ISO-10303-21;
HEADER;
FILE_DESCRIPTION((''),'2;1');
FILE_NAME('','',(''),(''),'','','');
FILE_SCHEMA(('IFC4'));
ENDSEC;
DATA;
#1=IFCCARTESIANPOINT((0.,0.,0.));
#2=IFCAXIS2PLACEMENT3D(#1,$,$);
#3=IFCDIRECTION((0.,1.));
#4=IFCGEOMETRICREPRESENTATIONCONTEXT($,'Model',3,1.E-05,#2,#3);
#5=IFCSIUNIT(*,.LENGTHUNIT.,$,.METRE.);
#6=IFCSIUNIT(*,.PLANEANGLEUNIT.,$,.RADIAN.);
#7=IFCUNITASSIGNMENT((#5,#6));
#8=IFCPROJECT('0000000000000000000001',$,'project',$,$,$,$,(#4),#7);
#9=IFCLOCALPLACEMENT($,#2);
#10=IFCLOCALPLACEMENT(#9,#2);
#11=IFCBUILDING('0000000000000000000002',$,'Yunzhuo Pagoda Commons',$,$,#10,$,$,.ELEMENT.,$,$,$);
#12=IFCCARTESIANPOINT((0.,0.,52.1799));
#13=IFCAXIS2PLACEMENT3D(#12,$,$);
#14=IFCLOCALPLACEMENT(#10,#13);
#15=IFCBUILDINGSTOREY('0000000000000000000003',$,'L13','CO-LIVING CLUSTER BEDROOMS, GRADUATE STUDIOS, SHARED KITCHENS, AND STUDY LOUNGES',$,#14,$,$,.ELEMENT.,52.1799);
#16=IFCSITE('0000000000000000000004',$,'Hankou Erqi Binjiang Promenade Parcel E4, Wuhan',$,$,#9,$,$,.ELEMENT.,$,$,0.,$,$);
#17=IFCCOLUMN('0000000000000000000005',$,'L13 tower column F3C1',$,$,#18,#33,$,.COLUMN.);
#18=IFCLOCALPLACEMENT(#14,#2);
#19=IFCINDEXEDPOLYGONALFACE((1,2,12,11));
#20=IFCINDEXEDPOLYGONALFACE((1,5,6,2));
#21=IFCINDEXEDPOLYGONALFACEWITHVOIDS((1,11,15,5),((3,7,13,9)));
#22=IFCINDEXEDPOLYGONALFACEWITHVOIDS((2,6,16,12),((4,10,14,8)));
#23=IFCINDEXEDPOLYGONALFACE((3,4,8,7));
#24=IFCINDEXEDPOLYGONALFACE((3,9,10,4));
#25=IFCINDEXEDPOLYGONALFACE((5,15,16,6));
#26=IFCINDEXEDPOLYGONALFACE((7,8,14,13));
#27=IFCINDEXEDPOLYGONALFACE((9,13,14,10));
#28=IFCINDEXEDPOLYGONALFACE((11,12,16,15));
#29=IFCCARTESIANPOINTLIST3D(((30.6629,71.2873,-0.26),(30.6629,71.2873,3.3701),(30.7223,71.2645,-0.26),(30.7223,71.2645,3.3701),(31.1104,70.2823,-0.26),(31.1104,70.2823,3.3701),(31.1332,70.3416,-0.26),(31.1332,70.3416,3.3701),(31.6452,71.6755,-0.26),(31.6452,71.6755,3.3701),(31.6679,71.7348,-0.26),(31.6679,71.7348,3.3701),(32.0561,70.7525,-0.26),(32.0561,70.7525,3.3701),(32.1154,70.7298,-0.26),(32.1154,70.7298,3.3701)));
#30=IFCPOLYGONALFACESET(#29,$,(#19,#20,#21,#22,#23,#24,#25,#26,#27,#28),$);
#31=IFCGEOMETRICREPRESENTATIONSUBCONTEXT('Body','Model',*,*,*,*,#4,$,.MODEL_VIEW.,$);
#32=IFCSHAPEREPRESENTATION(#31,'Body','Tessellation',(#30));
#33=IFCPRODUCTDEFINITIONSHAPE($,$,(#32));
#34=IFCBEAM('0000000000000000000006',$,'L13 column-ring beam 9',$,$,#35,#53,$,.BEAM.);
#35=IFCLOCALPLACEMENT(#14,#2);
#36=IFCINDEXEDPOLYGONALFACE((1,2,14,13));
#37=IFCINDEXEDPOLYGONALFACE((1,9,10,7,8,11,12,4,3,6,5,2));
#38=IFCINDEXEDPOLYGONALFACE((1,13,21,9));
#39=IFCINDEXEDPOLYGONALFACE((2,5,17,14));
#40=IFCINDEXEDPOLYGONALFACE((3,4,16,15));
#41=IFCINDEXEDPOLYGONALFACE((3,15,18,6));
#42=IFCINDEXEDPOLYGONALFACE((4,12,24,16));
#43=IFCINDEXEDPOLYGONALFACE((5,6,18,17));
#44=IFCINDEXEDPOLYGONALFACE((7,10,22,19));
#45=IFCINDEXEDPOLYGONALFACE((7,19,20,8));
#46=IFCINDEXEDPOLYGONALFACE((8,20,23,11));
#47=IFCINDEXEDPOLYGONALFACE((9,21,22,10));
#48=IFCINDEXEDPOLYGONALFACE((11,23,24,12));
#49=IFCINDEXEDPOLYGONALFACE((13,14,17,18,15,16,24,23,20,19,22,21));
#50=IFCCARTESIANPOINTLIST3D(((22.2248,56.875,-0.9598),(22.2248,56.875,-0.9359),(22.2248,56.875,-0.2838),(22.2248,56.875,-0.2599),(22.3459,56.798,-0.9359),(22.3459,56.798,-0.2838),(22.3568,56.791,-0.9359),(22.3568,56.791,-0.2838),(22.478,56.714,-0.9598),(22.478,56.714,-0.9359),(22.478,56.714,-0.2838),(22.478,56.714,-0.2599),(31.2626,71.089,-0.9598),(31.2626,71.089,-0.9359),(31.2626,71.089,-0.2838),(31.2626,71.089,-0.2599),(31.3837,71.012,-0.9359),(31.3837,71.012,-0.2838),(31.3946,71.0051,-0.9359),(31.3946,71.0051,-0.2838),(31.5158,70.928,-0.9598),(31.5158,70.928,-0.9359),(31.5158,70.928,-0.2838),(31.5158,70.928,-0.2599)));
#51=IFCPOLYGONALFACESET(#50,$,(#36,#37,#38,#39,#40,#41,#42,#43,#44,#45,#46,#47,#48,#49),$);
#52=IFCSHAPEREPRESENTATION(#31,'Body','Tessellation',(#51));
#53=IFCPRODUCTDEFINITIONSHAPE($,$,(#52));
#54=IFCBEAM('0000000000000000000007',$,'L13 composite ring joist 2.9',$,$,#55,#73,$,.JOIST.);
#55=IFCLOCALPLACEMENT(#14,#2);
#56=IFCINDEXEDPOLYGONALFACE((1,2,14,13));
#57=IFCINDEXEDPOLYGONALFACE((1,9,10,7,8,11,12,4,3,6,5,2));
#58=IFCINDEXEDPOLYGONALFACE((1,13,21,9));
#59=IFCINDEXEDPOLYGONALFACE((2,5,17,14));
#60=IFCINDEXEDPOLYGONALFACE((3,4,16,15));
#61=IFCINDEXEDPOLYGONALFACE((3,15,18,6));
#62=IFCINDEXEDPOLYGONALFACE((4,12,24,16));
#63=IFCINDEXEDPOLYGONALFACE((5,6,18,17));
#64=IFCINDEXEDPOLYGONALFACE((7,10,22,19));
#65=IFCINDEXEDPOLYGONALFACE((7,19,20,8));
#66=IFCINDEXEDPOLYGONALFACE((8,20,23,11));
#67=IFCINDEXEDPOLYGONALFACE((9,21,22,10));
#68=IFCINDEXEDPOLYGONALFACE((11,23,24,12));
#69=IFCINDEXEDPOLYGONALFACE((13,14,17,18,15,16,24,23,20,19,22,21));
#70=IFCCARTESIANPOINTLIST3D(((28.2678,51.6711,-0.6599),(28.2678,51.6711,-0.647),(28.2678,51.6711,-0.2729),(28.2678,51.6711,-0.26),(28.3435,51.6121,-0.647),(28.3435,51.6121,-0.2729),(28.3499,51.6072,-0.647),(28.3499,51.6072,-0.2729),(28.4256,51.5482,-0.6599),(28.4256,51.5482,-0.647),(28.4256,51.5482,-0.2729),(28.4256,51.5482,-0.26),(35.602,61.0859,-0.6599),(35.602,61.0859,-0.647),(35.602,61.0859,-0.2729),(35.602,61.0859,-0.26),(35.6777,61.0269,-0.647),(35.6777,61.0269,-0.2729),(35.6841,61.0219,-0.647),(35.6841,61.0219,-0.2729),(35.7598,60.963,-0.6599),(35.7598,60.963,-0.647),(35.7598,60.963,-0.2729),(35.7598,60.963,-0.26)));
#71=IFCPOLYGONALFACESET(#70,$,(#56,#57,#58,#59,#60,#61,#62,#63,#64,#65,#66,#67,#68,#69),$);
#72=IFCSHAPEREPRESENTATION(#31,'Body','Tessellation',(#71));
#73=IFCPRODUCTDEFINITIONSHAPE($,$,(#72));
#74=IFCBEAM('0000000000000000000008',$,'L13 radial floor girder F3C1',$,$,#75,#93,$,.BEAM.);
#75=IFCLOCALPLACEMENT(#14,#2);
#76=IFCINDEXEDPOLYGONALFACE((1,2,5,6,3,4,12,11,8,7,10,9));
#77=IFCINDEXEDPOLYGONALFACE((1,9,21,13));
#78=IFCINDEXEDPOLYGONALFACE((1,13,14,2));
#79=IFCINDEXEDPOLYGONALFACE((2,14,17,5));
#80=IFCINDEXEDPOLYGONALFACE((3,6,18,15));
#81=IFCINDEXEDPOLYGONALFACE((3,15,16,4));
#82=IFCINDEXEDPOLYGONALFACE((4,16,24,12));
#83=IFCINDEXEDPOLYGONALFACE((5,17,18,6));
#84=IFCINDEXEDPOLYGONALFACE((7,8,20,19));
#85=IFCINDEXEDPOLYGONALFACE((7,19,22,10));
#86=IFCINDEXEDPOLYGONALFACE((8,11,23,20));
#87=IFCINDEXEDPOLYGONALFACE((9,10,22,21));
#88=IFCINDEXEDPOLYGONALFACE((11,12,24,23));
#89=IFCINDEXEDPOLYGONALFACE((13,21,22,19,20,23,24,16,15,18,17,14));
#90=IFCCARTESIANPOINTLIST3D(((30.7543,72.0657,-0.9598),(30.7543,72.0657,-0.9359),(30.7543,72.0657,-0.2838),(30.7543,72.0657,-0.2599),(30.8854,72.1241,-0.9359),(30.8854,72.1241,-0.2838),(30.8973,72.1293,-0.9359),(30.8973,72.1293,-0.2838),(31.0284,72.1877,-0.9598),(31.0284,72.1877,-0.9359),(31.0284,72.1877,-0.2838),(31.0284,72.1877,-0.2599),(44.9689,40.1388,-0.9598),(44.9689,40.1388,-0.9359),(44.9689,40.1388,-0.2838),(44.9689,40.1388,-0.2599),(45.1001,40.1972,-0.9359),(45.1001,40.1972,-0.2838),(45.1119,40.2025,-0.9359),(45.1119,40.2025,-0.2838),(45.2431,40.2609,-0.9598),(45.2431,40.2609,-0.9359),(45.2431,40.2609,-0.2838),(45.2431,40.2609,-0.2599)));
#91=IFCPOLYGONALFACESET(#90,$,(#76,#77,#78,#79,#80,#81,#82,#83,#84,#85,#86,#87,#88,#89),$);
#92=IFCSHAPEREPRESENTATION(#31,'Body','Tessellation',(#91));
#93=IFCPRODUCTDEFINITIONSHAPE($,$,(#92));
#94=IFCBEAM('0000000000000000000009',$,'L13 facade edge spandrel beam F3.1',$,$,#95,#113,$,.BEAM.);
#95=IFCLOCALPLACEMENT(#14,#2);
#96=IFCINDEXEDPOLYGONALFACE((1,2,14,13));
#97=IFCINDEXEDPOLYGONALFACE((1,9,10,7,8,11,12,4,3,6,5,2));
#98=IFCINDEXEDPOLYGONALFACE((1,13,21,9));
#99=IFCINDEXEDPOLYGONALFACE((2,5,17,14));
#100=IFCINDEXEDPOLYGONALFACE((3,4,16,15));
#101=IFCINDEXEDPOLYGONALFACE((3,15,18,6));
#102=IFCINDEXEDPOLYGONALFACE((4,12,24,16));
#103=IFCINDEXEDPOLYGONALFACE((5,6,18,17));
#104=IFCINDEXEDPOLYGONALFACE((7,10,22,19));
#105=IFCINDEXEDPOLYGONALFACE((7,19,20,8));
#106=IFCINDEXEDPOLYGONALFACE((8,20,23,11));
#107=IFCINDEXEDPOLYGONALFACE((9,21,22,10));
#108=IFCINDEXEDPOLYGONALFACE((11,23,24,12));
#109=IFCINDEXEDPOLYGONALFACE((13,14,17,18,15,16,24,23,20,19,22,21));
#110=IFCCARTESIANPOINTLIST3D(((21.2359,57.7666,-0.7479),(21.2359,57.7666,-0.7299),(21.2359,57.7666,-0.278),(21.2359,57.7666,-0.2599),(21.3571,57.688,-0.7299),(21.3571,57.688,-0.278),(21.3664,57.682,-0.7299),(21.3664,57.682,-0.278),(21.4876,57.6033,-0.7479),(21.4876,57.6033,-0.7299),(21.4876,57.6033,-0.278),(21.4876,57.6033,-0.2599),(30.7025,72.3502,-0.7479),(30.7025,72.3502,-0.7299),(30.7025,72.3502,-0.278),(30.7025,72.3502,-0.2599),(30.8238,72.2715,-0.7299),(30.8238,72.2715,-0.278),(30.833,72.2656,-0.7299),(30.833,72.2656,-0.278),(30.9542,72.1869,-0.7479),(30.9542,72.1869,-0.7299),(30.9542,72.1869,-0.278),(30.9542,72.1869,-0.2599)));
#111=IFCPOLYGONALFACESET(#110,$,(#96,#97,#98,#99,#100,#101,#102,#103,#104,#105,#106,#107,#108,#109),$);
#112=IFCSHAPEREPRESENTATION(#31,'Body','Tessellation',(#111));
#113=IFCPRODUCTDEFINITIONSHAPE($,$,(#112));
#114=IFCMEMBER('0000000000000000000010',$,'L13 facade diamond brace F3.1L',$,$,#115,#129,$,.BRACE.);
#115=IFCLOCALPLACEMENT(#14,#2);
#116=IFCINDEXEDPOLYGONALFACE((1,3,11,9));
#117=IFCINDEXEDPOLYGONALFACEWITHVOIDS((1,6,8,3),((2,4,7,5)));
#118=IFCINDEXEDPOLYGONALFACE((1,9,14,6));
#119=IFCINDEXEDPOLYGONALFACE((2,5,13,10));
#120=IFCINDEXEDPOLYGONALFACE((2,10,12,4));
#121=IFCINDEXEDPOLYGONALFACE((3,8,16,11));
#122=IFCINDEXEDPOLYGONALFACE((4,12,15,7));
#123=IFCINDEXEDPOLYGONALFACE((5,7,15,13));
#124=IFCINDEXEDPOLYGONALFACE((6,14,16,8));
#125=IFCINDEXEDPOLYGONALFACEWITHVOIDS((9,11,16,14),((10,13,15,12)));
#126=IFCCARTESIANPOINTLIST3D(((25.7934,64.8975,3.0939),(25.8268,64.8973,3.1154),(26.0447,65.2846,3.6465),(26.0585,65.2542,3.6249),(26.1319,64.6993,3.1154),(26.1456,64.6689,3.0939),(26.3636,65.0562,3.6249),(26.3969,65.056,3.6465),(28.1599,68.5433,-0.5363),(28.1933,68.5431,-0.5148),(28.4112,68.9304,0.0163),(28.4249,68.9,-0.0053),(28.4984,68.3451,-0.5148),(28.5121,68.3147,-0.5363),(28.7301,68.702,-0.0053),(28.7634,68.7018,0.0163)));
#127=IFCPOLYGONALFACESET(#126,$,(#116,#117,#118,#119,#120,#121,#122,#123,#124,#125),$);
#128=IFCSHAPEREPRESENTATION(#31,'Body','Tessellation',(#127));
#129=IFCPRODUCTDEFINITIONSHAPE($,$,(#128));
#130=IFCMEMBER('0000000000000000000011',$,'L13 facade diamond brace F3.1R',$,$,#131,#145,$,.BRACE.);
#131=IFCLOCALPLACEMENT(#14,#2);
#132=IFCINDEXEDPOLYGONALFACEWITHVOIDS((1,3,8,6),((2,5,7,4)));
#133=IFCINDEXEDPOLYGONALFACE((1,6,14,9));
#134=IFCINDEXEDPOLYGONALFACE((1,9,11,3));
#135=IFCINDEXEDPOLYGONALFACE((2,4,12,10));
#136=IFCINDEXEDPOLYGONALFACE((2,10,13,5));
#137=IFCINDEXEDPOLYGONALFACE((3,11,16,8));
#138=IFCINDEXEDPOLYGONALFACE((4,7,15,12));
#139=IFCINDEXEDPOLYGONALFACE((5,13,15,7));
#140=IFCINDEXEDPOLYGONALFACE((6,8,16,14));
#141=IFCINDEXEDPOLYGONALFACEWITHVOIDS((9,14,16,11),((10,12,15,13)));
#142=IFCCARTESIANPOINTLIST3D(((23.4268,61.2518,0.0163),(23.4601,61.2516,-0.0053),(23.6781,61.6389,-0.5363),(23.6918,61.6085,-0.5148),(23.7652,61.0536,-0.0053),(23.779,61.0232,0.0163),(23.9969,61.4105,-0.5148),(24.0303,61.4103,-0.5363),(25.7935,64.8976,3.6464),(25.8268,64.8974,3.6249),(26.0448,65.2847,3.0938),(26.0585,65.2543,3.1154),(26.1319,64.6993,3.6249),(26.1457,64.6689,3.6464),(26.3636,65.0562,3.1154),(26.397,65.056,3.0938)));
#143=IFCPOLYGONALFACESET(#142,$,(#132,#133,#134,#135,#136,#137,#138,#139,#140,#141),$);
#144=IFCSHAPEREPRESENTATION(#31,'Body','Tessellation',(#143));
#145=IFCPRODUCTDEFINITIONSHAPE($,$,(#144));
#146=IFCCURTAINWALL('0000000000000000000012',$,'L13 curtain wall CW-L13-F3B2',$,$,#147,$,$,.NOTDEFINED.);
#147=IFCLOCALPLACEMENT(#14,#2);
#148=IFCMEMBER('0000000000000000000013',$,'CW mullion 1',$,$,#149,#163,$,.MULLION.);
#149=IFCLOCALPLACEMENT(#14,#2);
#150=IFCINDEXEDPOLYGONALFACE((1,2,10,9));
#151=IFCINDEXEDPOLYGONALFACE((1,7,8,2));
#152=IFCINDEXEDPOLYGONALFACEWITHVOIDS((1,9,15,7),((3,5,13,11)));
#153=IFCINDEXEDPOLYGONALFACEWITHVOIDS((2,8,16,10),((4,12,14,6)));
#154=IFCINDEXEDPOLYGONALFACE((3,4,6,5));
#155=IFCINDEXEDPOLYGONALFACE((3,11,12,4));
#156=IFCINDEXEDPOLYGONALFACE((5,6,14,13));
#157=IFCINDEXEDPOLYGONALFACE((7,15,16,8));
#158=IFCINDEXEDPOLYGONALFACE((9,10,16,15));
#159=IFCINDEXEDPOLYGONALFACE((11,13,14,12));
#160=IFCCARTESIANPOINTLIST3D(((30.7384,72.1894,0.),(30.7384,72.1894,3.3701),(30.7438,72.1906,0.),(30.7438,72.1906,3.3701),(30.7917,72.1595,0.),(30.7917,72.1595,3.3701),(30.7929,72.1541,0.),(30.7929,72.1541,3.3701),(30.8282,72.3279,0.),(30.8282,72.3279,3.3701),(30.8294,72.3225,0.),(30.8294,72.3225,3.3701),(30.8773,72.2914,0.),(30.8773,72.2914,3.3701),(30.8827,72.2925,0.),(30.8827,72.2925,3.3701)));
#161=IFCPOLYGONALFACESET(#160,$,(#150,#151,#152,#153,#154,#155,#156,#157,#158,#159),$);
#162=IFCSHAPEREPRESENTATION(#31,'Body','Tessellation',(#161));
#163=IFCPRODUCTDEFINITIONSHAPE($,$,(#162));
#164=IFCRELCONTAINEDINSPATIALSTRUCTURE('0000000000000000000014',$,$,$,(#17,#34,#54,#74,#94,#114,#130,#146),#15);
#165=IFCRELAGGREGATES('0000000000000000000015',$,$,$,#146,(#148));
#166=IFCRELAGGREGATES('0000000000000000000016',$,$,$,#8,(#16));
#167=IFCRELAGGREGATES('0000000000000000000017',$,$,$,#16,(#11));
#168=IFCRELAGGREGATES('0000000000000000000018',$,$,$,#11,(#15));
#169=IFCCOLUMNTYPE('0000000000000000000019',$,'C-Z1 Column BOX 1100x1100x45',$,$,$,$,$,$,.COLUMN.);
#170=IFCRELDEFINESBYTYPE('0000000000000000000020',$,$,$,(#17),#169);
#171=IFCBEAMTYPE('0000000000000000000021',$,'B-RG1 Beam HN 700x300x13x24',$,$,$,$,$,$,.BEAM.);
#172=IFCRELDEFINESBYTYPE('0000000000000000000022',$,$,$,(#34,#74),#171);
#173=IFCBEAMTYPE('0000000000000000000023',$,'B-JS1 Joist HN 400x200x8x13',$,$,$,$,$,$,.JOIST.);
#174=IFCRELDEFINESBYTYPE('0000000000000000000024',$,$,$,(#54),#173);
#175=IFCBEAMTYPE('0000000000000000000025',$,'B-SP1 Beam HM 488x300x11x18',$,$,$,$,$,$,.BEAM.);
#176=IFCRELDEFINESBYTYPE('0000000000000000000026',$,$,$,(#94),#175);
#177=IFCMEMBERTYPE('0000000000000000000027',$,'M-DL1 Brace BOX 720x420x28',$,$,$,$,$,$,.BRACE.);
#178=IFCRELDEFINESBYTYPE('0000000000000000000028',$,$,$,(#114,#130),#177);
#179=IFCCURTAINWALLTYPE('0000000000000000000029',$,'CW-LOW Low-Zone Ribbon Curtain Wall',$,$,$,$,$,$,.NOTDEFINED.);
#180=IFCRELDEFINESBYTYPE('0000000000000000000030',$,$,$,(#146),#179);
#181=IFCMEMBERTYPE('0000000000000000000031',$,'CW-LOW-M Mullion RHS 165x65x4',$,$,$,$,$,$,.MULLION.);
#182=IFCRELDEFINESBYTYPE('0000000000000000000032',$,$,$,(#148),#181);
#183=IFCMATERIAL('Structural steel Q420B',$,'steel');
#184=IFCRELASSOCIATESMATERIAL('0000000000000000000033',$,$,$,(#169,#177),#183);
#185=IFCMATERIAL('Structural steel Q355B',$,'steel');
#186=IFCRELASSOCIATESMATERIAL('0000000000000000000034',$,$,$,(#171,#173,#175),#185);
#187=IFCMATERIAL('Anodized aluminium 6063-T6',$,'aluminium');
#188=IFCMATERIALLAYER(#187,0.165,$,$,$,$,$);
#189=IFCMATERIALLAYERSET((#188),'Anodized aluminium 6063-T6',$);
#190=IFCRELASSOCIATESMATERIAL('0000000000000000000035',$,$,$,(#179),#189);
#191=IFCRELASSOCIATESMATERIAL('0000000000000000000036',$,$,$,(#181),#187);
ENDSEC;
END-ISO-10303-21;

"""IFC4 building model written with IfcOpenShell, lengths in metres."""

from ifc_helpers import new_model, si_unit, direction, frame, origin, origin_2d, place, context, subcontext, project, spatial, hollow_rectangle, i_section, extrude, source, transform, mapped, material, layer, layer_set, material_profile, profile_set, type_object, element, aggregate, save


model = new_model("IFC4")

# Units and contexts
model_context = context("Model", 3, precision=1e-05, world=origin(), true_north=direction((0.0, 1.0)))
body_context = subcontext(model_context, "Body", "Model", "MODEL_VIEW")
ifc_project = project(units=[si_unit("LENGTHUNIT", "METRE"), si_unit("PLANEANGLEUNIT", "RADIAN")], contexts=[model_context])

# Site, building, storey
site_placement = place(None, origin())
site = spatial("IfcSite", under=ifc_project, at=site_placement, Name="Hankou Erqi Binjiang Promenade Parcel E4, Wuhan", CompositionType="ELEMENT", RefElevation=0.0)
building_placement = place(site_placement, origin())
building = spatial("IfcBuilding", under=site, at=building_placement, Name="Yunzhuo Pagoda Commons", CompositionType="ELEMENT")
storey_placement = place(building_placement, frame((0.0, 0.0, 52.1799)))
storey = spatial("IfcBuildingStorey", under=building, at=storey_placement, Name="L13", Description="CO-LIVING CLUSTER BEDROOMS, GRADUATE STUDIOS, SHARED KITCHENS, AND STUDY LOUNGES", CompositionType="ELEMENT", Elevation=52.1799)

# Column
ifc_material_1 = material(Name="Structural steel Q420B", Category="steel")
ifc_material_profile_1 = material_profile(ifc_material_1, hollow_rectangle(XDim=1.1001, YDim=1.1001, WallThickness=0.0449, at=origin_2d()), Name="Structural steel Q420B")
ifc_profile_set_1 = profile_set([ifc_material_profile_1], Name="Structural steel Q420B")
column_type = type_object("IfcColumnType", Name="C-Z1 Column BOX 1100x1100x45", PredefinedType="COLUMN", material=ifc_profile_set_1)
shared_shape_1 = source(origin(), body_context, "Body", "SweptSolid", [
    extrude(hollow_rectangle(XDim=1.1001, YDim=1.1001, WallThickness=0.0449, at=origin_2d()), origin(), (0.0, 0.0, 1.0), 3.6301),
])
column_placement = place(storey_placement, frame((31.3892, 71.0085, -0.26), z_axis=(0.0, 0.0, 1.0), x_axis=(-0.913545, -0.406737, 0.0)))
element("IfcColumn", 1, at=column_placement, inside=storey, type_object=column_type, Name="L13 tower column F3C1", PredefinedType="COLUMN", context=body_context, shape_type="MappedRepresentation", body=[
    mapped(shared_shape_1, transform((0.0, 0.0, 0.0), scale=1.0)),
])

# Beams
ifc_material_2 = material(Name="Structural steel Q355B", Category="steel")
ifc_material_profile_2 = material_profile(ifc_material_2, i_section(OverallWidth=0.3, OverallDepth=0.7, WebThickness=0.0129, FlangeThickness=0.0239, at=origin_2d()), Name="Structural steel Q355B")
ifc_profile_set_2 = profile_set([ifc_material_profile_2], Name="Structural steel Q355B")
beam_type_1 = type_object("IfcBeamType", Name="B-RG1 Beam HN 700x300x13x24", PredefinedType="BEAM", material=ifc_profile_set_2)
shared_shape_2 = source(origin(), body_context, "Body", "SweptSolid", [
    extrude(i_section(OverallWidth=0.3, OverallDepth=0.7, WebThickness=0.0129, FlangeThickness=0.0239, at=origin_2d()), origin(), (0.0, 0.0, 1.0), 16.844),
])
beam_1_placement = place(storey_placement, frame((31.3892, 71.0085, -0.6099), z_axis=(-0.536558, -0.843863, 0.0), x_axis=(0.843863, -0.536558, 0.0)))
element("IfcBeam", 2, at=beam_1_placement, inside=storey, type_object=beam_type_1, Name="L13 column-ring beam 9", PredefinedType="BEAM", context=body_context, shape_type="MappedRepresentation", body=[
    mapped(shared_shape_2, transform((0.0, 0.0, 0.0), scale=1.0)),
])
ifc_material_profile_3 = material_profile(ifc_material_2, i_section(OverallWidth=0.2, OverallDepth=0.3999, WebThickness=0.0081, FlangeThickness=0.0129, at=origin_2d()), Name="Structural steel Q355B")
ifc_profile_set_3 = profile_set([ifc_material_profile_3], Name="Structural steel Q355B")
beam_type_2 = type_object("IfcBeamType", Name="B-JS1 Joist HN 400x200x8x13", PredefinedType="JOIST", material=ifc_profile_set_3)
shared_shape_3 = source(origin(), body_context, "Body", "SweptSolid", [
    extrude(i_section(OverallWidth=0.2, OverallDepth=0.3999, WebThickness=0.0081, FlangeThickness=0.0129, at=origin_2d()), origin(), (0.0, 0.0, 1.0), 11.9343),
])
beam_2_placement = place(storey_placement, frame((35.6809, 61.0244, -0.46), z_axis=(-0.614547, -0.788881, 0.0), x_axis=(0.788881, -0.614547, 0.0)))
element("IfcBeam", 3, at=beam_2_placement, inside=storey, type_object=beam_type_2, Name="L13 composite ring joist 2.9", PredefinedType="JOIST", context=body_context, shape_type="MappedRepresentation", body=[
    mapped(shared_shape_3, transform((0.0, 0.0, 0.0), scale=1.0)),
])
shared_shape_4 = source(origin(), body_context, "Body", "SweptSolid", [
    extrude(i_section(OverallWidth=0.3, OverallDepth=0.7, WebThickness=0.0129, FlangeThickness=0.0239, at=origin_2d()), origin(), (0.0, 0.0, 1.0), 34.9482),
])
beam_3_placement = place(storey_placement, frame((30.8914, 72.1267, -0.6099), z_axis=(0.406734, -0.913547, 0.0), x_axis=(0.913547, 0.406734, 0.0)))
element("IfcBeam", 4, at=beam_3_placement, inside=storey, type_object=beam_type_1, Name="L13 radial floor girder F3C1", PredefinedType="BEAM", context=body_context, shape_type="MappedRepresentation", body=[
    mapped(shared_shape_4, transform((0.0, 0.0, 0.0), scale=1.0)),
])
ifc_material_profile_4 = material_profile(ifc_material_2, i_section(OverallWidth=0.3, OverallDepth=0.488, WebThickness=0.011, FlangeThickness=0.0181, at=origin_2d()), Name="Structural steel Q355B")
ifc_profile_set_4 = profile_set([ifc_material_profile_4], Name="Structural steel Q355B")
beam_type_3 = type_object("IfcBeamType", Name="B-SP1 Beam HM 488x300x11x18", PredefinedType="BEAM", material=ifc_profile_set_4)
shared_shape_5 = source(origin(), body_context, "Body", "SweptSolid", [
    extrude(i_section(OverallWidth=0.3, OverallDepth=0.488, WebThickness=0.011, FlangeThickness=0.0181, at=origin_2d()), origin(), (0.0, 0.0, 1.0), 17.3867),
])
beam_4_placement = place(storey_placement, frame((30.8284, 72.2686, -0.5039), z_axis=(-0.544474, -0.838778, 0.0), x_axis=(0.838778, -0.544474, 0.0)))
element("IfcBeam", 5, at=beam_4_placement, inside=storey, type_object=beam_type_3, Name="L13 facade edge spandrel beam F3.1", PredefinedType="BEAM", context=body_context, shape_type="MappedRepresentation", body=[
    mapped(shared_shape_5, transform((0.0, 0.0, 0.0), scale=1.0)),
])

# Members
ifc_material_profile_5 = material_profile(ifc_material_1, hollow_rectangle(XDim=0.4199, YDim=0.72, WallThickness=0.0281, at=origin_2d()), Name="Structural steel Q420B")
ifc_profile_set_5 = profile_set([ifc_material_profile_5], Name="Structural steel Q420B")
member_type_1 = type_object("IfcMemberType", Name="M-DL1 Brace BOX 720x420x28", PredefinedType="BRACE", material=ifc_profile_set_5)
shared_shape_6 = source(origin(), body_context, "Body", "SweptSolid", [
    extrude(hollow_rectangle(XDim=0.4199, YDim=0.72, WallThickness=0.0281, at=origin_2d()), origin(), (0.0, 0.0, 1.0), 5.6631),
])
for number, where, z_axis, x_axis, name in (
    (6, (28.4617, 68.6226, -0.26), (-0.417881, -0.643786, 0.641027), (0.838789, -0.544457, 0.0), "L13 facade diamond brace F3.1L"),
    (7, (23.7285, 61.3311, -0.26), (0.417917, 0.643774, 0.641015), (-0.838763, 0.544497, 0.0), "L13 facade diamond brace F3.1R"),
):
    element("IfcMember", number, at=place(storey_placement, frame(where, z_axis=z_axis, x_axis=x_axis)), inside=storey, type_object=member_type_1, Name=name, PredefinedType="BRACE", context=body_context, shape_type="MappedRepresentation", body=[
        mapped(shared_shape_6, transform((0.0, 0.0, 0.0), scale=1.0)),
    ])

# Curtain wall, member
ifc_material_3 = material(Name="Anodized aluminium 6063-T6", Category="aluminium")
ifc_layer_1 = layer(ifc_material_3, 0.165)
ifc_layer_set_1 = layer_set([ifc_layer_1], Name="Anodized aluminium 6063-T6")
curtain_wall_type = type_object("IfcCurtainWallType", Name="CW-LOW Low-Zone Ribbon Curtain Wall", PredefinedType="NOTDEFINED", material=ifc_layer_set_1)
curtain_wall_1_placement = place(storey_placement, origin())
curtain_wall_1 = element("IfcCurtainWall", 8, at=curtain_wall_1_placement, inside=storey, type_object=curtain_wall_type, Name="L13 curtain wall CW-L13-F3B2", PredefinedType="NOTDEFINED")
ifc_material_profile_6 = material_profile(ifc_material_3, hollow_rectangle(XDim=0.0649, YDim=0.165, WallThickness=0.0039, at=origin_2d()), Name="Anodized aluminium 6063-T6")
ifc_profile_set_6 = profile_set([ifc_material_profile_6], Name="Anodized aluminium 6063-T6")
member_type_2 = type_object("IfcMemberType", Name="CW-LOW-M Mullion RHS 165x65x4", PredefinedType="MULLION", material=ifc_profile_set_6)
shared_shape_7 = source(origin(), body_context, "Body", "SweptSolid", [
    extrude(hollow_rectangle(XDim=0.0649, YDim=0.165, WallThickness=0.0039, at=origin_2d()), origin(), (0.0, 0.0, 1.0), 3.3701),
])
member_1_placement = place(storey_placement, frame((30.8105, 72.241, 0.0), z_axis=(0.0, 0.0, 1.0), x_axis=(0.838777, -0.544476, 0.0)))
member_1 = element("IfcMember", 9, at=member_1_placement, type_object=member_type_2, Name="CW mullion 1", PredefinedType="MULLION", context=body_context, shape_type="MappedRepresentation", body=[
    mapped(shared_shape_7, transform((0.0, 0.0, 0.0), scale=1.0)),
])

aggregate(curtain_wall_1, [member_1])

save(model, "model.ifc")
